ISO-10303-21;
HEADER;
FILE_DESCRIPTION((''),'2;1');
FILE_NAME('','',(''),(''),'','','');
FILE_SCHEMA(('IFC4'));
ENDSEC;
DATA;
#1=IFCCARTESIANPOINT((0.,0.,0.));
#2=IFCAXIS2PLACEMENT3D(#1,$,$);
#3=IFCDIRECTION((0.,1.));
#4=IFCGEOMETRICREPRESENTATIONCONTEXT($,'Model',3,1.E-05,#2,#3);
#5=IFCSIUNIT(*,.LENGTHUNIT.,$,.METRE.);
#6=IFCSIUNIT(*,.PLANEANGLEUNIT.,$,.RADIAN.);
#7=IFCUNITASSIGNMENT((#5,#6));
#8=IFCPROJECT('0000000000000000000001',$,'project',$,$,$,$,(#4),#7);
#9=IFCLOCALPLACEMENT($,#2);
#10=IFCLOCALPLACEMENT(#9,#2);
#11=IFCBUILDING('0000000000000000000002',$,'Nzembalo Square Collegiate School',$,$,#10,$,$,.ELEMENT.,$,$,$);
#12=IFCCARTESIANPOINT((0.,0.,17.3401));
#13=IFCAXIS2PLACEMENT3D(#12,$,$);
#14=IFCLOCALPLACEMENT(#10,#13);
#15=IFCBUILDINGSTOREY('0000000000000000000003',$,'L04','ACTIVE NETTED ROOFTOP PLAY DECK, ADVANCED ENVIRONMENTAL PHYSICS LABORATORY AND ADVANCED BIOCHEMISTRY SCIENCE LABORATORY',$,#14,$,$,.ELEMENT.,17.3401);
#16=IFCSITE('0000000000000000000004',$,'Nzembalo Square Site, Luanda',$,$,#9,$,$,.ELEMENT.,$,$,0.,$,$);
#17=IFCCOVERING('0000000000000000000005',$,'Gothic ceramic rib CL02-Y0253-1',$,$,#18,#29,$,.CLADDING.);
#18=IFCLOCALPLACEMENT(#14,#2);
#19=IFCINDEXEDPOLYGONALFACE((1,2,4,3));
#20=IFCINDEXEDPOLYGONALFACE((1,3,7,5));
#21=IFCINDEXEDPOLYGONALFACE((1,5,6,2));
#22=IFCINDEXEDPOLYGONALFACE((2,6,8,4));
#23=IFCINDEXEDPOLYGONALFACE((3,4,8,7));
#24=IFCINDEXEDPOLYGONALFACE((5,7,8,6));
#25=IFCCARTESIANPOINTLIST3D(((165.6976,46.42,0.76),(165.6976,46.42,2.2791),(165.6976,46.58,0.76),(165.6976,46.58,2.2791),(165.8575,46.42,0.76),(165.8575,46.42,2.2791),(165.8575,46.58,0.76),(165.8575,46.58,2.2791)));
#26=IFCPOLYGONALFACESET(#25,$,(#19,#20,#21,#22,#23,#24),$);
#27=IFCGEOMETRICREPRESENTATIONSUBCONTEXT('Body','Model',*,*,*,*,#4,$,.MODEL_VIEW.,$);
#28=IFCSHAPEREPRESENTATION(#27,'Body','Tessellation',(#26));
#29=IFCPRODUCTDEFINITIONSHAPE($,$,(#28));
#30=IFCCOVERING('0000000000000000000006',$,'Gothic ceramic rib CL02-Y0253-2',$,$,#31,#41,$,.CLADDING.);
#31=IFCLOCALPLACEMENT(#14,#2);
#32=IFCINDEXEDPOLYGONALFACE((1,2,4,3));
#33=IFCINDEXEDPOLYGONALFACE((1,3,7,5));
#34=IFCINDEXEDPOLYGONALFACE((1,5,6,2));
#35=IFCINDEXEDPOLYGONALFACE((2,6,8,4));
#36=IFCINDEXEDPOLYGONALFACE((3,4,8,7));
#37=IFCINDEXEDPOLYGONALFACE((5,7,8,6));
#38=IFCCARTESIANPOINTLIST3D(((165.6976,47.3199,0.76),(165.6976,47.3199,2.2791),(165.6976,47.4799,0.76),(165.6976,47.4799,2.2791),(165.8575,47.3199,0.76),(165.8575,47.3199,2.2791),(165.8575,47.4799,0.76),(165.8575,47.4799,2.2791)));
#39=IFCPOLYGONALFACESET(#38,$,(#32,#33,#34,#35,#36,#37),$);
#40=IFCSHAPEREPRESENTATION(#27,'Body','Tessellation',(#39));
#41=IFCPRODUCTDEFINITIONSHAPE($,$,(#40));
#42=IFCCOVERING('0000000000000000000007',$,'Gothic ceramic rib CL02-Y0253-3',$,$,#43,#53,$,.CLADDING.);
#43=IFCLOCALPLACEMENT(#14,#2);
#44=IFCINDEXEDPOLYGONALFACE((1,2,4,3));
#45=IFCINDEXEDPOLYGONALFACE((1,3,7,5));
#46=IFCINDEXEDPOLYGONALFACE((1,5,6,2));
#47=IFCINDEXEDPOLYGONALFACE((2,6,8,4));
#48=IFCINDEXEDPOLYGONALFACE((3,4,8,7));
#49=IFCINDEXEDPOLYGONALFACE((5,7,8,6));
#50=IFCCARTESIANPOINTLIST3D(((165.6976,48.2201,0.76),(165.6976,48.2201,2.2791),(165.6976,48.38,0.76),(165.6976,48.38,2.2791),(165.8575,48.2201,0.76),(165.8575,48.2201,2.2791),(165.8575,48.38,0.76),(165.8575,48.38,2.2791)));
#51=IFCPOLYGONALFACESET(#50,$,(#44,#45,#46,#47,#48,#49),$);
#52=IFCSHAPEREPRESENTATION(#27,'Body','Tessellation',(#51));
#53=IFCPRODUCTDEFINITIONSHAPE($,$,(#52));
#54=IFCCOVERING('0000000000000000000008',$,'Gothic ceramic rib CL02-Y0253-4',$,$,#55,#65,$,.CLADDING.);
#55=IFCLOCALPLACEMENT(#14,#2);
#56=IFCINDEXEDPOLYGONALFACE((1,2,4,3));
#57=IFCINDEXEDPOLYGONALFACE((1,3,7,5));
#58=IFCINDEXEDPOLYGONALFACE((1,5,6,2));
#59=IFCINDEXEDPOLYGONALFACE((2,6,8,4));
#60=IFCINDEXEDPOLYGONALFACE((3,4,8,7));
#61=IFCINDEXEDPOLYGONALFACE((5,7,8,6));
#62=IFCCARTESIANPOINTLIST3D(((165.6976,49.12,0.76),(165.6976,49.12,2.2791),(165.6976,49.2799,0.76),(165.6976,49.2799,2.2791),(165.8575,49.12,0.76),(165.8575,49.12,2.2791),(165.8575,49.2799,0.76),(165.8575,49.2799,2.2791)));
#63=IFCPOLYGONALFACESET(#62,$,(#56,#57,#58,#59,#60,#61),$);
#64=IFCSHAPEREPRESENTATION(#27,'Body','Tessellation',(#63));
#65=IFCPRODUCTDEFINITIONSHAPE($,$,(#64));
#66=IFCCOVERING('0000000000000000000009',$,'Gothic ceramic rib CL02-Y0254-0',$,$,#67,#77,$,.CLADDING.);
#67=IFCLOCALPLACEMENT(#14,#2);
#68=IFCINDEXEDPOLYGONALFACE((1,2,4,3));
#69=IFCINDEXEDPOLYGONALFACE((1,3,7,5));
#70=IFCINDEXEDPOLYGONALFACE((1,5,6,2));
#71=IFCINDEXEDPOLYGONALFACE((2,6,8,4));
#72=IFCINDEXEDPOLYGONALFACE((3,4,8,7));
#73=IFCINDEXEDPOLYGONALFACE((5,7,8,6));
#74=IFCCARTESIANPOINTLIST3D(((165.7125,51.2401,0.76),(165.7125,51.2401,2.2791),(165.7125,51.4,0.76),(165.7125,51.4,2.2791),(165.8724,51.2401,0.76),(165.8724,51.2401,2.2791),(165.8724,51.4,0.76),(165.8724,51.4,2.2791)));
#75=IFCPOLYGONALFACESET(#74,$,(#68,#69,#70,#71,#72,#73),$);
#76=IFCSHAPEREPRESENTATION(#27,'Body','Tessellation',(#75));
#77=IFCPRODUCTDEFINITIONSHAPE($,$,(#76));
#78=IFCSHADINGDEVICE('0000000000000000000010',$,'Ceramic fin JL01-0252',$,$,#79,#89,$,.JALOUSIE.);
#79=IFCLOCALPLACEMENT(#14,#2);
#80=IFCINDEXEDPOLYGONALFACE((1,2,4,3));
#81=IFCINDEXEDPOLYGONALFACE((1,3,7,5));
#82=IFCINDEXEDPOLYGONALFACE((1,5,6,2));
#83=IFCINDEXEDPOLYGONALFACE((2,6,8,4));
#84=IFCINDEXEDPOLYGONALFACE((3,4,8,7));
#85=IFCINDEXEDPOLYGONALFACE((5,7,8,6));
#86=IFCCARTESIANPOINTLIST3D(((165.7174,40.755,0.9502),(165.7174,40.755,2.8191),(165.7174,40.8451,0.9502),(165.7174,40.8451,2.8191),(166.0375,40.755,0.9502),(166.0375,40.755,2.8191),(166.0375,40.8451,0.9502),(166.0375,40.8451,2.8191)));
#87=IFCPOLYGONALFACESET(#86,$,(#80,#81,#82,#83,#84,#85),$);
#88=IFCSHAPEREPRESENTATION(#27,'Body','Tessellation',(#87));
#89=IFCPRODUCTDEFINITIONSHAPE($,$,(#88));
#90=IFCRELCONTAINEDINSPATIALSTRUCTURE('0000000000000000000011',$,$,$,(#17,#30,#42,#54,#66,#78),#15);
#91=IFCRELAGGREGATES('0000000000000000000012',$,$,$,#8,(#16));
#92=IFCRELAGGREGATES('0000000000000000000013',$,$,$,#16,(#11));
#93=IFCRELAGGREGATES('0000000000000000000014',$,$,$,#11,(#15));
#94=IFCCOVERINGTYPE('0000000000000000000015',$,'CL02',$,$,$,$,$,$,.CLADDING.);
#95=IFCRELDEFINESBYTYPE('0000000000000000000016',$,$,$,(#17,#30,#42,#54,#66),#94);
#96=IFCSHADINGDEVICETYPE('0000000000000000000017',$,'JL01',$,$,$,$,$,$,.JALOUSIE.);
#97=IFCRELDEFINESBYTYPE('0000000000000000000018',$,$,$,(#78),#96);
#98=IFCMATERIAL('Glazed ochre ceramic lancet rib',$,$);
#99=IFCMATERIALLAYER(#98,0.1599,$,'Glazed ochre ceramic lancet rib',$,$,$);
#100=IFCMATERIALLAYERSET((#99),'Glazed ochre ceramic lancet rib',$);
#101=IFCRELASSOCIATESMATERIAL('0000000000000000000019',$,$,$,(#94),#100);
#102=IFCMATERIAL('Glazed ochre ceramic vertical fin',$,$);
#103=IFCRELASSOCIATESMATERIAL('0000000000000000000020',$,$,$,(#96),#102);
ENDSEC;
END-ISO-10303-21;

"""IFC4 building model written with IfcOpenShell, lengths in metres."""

from ifc_helpers import new_model, si_unit, direction, frame, origin, origin_2d, place, context, subcontext, project, spatial, rectangle, extrude, material, layer, layer_set, type_object, element, save


model = new_model("IFC4")

# Units and contexts
model_context = context("Model", 3, precision=1e-05, world=origin(), true_north=direction((0.0, 1.0)))
body_context = subcontext(model_context, "Body", "Model", "MODEL_VIEW")
ifc_project = project(units=[si_unit("LENGTHUNIT", "METRE"), si_unit("PLANEANGLEUNIT", "RADIAN")], contexts=[model_context])

# Site, building, storey
site_placement = place(None, origin())
site = spatial("IfcSite", under=ifc_project, at=site_placement, Name="Nzembalo Square Site, Luanda", CompositionType="ELEMENT", RefElevation=0.0)
building_placement = place(site_placement, origin())
building = spatial("IfcBuilding", under=site, at=building_placement, Name="Nzembalo Square Collegiate School", CompositionType="ELEMENT")
storey_placement = place(building_placement, frame((0.0, 0.0, 17.3401)))
storey = spatial("IfcBuildingStorey", under=building, at=storey_placement, Name="L04", Description="ACTIVE NETTED ROOFTOP PLAY DECK, ADVANCED ENVIRONMENTAL PHYSICS LABORATORY AND ADVANCED BIOCHEMISTRY SCIENCE LABORATORY", CompositionType="ELEMENT", Elevation=17.3401)

# Coverings
ifc_material_1 = material(Name="Glazed ochre ceramic lancet rib")
ifc_layer_1 = layer(ifc_material_1, 0.1599, Name="Glazed ochre ceramic lancet rib")
ifc_layer_set_1 = layer_set([ifc_layer_1], Name="Glazed ochre ceramic lancet rib")
covering_type_1 = type_object("IfcCoveringType", Name="CL02", PredefinedType="CLADDING", material=ifc_layer_set_1)
for number, where, z_axis, x_axis, name in (
    (1, (165.7776, 46.5, 0.76), (0.0, 0.0, 1.0), (1.0, 0.0, 0.0), "Gothic ceramic rib CL02-Y0253-1"),
    (2, (165.7776, 47.3999, 0.76), (0.0, 0.0, 1.0), (1.0, 0.0, 0.0), "Gothic ceramic rib CL02-Y0253-2"),
    (3, (165.7776, 48.3, 0.76), (0.0, 0.0, 1.0), (1.0, 0.0, 0.0), "Gothic ceramic rib CL02-Y0253-3"),
    (4, (165.7776, 49.2, 0.76), (0.0, 0.0, 1.0), (1.0, 0.0, 0.0), "Gothic ceramic rib CL02-Y0253-4"),
    (5, (165.7925, 51.3201, 0.76), (0.0, 0.0, 1.0), (1.0, 0.0, 0.0), "Gothic ceramic rib CL02-Y0254-0"),
):
    element("IfcCovering", number, at=place(storey_placement, frame(where, z_axis=z_axis, x_axis=x_axis)), inside=storey, type_object=covering_type_1, Name=name, PredefinedType="CLADDING", context=body_context, shape_type="SweptSolid", body=[
        extrude(rectangle(XDim=0.1599, YDim=0.1599, at=origin_2d()), origin(), (0.0, 0.0, 1.0), 1.519),
    ])

# Shading device
ifc_material_2 = material(Name="Glazed ochre ceramic vertical fin")
shading_device_type = type_object("IfcShadingDeviceType", Name="JL01", PredefinedType="JALOUSIE", material=ifc_material_2)
shading_device_placement = place(storey_placement, frame((165.8774, 40.8, 0.9502), z_axis=(0.0, 0.0, 1.0), x_axis=(1.0, 0.0, 0.0)))
element("IfcShadingDevice", 6, at=shading_device_placement, inside=storey, type_object=shading_device_type, Name="Ceramic fin JL01-0252", PredefinedType="JALOUSIE", context=body_context, shape_type="SweptSolid", body=[
    extrude(rectangle(XDim=0.3201, YDim=0.0901, at=origin_2d()), origin(), (0.0, 0.0, 1.0), 1.8689),
])

save(model, "model.ifc")
